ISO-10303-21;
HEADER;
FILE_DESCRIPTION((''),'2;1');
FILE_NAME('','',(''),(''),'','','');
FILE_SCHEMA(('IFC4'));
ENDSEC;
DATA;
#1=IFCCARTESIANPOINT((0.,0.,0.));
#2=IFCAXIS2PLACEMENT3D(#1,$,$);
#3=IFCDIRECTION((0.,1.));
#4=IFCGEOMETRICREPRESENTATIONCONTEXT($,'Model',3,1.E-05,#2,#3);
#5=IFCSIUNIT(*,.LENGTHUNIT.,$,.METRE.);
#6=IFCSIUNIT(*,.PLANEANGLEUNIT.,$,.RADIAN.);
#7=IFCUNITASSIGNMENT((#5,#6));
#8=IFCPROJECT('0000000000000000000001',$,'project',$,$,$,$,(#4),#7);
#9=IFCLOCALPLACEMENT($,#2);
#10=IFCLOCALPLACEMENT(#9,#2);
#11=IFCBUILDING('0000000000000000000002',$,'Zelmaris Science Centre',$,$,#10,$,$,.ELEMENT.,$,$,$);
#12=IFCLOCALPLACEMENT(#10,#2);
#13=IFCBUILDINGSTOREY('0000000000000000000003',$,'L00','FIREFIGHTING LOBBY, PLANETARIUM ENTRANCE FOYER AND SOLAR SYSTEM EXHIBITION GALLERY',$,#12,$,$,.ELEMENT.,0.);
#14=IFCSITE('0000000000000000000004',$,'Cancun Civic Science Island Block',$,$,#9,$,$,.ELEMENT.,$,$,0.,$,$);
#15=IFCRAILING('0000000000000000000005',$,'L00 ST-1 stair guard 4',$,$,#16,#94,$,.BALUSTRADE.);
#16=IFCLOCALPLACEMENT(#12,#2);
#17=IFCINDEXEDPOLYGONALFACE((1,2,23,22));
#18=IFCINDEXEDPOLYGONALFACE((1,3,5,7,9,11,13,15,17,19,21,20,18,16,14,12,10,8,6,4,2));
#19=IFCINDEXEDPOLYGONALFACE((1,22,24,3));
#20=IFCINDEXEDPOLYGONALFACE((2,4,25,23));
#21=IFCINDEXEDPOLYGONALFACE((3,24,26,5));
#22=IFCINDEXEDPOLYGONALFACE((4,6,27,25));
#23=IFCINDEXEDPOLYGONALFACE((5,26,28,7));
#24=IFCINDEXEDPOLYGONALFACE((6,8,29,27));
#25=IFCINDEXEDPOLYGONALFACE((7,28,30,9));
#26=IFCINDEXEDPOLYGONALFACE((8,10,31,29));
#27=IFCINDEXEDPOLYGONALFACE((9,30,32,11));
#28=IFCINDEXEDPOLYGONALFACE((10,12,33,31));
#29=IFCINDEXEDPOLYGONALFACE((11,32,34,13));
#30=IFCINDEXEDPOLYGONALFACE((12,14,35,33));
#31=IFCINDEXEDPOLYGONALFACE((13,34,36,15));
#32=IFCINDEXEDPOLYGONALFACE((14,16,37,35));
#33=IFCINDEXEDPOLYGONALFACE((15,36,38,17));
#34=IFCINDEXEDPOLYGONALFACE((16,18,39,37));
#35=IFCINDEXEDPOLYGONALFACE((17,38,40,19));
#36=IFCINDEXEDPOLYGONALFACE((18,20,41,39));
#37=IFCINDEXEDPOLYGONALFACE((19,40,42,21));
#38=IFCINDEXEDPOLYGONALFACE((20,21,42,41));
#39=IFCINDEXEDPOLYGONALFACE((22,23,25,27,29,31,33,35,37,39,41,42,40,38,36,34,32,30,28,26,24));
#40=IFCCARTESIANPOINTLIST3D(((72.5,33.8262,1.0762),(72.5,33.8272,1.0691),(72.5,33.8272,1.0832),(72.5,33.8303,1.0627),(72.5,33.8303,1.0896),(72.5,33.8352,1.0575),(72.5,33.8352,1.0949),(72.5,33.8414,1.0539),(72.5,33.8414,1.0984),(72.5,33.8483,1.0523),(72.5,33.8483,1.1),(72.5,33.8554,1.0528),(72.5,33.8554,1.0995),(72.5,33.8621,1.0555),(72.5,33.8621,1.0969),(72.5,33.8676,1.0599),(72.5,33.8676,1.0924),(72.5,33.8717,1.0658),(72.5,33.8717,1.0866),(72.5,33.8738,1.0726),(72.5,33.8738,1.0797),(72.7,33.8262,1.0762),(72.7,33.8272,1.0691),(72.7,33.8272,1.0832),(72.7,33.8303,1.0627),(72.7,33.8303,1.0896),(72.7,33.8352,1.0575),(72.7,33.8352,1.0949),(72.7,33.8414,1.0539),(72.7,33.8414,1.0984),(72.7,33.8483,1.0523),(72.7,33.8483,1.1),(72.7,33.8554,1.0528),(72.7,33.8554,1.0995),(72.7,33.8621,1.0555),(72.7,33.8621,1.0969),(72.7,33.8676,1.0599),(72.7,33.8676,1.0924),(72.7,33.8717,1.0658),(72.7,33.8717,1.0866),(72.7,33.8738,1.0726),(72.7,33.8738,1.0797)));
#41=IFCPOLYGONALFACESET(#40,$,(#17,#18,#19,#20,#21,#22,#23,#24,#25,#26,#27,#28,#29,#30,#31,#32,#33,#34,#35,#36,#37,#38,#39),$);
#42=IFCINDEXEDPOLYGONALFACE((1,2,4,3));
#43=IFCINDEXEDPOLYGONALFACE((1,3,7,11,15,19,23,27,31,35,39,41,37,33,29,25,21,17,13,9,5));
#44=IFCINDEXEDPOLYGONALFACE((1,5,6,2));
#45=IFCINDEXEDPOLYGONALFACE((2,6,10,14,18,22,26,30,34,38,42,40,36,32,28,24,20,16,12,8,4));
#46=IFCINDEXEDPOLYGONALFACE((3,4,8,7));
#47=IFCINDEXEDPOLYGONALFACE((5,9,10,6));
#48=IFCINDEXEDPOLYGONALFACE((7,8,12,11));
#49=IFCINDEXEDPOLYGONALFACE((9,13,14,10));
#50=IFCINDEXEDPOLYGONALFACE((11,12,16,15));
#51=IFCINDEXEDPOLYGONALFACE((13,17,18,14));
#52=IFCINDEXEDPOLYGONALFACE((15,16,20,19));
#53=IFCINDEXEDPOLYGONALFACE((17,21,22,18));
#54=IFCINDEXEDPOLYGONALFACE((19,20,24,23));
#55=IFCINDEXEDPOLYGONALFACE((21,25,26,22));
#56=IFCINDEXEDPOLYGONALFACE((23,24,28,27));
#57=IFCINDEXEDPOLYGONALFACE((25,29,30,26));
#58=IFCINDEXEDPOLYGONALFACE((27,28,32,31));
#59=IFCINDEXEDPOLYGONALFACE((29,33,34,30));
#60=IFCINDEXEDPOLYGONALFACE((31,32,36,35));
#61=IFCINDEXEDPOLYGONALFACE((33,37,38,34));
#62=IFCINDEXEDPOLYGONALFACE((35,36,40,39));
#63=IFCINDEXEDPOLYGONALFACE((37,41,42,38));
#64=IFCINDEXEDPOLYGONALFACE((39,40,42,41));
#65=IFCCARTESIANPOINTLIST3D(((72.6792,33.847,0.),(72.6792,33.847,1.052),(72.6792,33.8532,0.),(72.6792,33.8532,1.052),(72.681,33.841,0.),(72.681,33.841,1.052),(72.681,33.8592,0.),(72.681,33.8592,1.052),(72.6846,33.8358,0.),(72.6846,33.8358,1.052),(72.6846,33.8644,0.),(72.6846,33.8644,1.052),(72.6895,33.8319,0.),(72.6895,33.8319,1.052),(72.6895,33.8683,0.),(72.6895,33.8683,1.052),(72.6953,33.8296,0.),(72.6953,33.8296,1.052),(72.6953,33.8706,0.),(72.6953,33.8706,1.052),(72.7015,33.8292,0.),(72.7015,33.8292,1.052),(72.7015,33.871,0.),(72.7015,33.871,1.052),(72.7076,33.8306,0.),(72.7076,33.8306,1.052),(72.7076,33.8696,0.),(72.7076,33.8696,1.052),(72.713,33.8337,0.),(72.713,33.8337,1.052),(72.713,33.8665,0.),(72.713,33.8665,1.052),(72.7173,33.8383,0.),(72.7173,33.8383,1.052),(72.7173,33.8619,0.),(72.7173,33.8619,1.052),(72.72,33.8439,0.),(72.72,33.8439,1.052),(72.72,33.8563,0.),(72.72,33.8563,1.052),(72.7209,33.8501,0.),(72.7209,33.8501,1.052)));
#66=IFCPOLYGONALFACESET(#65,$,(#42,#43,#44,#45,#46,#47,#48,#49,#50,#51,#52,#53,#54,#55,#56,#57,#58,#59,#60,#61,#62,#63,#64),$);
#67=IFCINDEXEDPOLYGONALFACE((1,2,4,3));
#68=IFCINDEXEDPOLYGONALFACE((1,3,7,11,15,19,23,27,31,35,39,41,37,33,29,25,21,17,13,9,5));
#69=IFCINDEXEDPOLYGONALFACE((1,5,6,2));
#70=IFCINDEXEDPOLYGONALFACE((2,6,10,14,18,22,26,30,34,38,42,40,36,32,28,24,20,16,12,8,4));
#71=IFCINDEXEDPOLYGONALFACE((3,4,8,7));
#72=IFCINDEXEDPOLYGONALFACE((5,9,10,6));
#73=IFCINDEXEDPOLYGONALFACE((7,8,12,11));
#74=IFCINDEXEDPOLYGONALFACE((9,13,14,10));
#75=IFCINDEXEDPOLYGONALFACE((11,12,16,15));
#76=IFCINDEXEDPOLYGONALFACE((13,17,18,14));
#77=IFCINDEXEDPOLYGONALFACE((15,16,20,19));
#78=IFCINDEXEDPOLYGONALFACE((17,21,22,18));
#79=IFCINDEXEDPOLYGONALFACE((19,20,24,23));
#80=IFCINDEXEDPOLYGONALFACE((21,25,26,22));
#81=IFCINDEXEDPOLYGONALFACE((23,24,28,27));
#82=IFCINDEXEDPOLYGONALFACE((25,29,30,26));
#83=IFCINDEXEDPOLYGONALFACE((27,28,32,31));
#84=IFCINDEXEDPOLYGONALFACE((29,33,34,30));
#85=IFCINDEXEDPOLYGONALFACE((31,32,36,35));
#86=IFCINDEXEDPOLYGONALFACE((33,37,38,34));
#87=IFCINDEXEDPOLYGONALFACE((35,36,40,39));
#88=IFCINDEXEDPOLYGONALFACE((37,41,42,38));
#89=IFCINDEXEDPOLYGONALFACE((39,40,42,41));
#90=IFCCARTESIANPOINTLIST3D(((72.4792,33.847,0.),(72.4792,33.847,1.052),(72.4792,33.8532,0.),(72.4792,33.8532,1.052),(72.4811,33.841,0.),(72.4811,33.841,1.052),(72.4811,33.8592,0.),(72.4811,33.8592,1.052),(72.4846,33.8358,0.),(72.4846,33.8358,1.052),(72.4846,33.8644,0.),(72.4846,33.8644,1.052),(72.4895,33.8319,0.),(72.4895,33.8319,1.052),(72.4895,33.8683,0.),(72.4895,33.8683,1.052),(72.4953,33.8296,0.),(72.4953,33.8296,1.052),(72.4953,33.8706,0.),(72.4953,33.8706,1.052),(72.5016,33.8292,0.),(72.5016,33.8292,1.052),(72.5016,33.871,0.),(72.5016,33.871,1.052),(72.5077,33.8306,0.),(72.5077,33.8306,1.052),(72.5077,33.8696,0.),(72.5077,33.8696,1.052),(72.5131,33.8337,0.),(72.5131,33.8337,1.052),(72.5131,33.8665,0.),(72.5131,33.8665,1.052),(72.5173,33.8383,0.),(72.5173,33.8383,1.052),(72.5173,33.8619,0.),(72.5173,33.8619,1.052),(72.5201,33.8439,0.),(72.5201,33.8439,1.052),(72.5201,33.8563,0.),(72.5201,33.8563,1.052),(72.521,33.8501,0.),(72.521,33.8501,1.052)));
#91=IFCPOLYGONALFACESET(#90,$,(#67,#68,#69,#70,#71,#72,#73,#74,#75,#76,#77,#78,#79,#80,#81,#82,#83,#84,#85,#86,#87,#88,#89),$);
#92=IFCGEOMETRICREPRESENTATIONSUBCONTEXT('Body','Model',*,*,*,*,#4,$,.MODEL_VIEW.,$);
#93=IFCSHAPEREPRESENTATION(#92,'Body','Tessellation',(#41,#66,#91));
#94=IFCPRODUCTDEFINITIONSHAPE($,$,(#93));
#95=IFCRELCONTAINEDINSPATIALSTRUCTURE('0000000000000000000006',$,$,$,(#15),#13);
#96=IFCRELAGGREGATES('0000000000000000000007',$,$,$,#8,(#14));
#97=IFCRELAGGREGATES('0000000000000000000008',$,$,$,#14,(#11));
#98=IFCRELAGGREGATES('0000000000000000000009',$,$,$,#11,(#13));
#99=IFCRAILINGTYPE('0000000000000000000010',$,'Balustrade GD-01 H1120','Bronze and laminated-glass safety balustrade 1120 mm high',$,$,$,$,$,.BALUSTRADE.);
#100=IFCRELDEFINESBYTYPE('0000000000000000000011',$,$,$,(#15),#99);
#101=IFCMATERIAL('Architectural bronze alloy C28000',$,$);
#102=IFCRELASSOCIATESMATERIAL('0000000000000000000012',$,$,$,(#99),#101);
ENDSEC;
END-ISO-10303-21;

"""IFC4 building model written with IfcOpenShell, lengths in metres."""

from ifc_helpers import new_model, si_unit, direction, frame, origin, origin_2d, place, context, subcontext, project, spatial, circle, extrude, material, type_object, element, save


model = new_model("IFC4")

# Units and contexts
model_context = context("Model", 3, precision=1e-05, world=origin(), true_north=direction((0.0, 1.0)))
body_context = subcontext(model_context, "Body", "Model", "MODEL_VIEW")
ifc_project = project(units=[si_unit("LENGTHUNIT", "METRE"), si_unit("PLANEANGLEUNIT", "RADIAN")], contexts=[model_context])

# Site, building, storey
site_placement = place(None, origin())
site = spatial("IfcSite", under=ifc_project, at=site_placement, Name="Cancun Civic Science Island Block", CompositionType="ELEMENT", RefElevation=0.0)
building_placement = place(site_placement, origin())
building = spatial("IfcBuilding", under=site, at=building_placement, Name="Zelmaris Science Centre", CompositionType="ELEMENT")
storey_placement = place(building_placement, origin())
storey = spatial("IfcBuildingStorey", under=building, at=storey_placement, Name="L00", Description="FIREFIGHTING LOBBY, PLANETARIUM ENTRANCE FOYER AND SOLAR SYSTEM EXHIBITION GALLERY", CompositionType="ELEMENT", Elevation=0.0)

# Railing
ifc_material_1 = material(Name="Architectural bronze alloy C28000")
railing_type_1 = type_object("IfcRailingType", Name="Balustrade GD-01 H1120", Description="Bronze and laminated-glass safety balustrade 1120 mm high", PredefinedType="BALUSTRADE", material=ifc_material_1)
railing_1_placement = place(storey_placement, frame((72.7, 33.8501, 0.0)))
element("IfcRailing", 1, at=railing_1_placement, inside=storey, type_object=railing_type_1, Name="L00 ST-1 stair guard 4", PredefinedType="BALUSTRADE", context=body_context, shape_type="SweptSolid", body=[
    extrude(circle(Radius=0.0239, at=origin_2d()), frame((0.0, 0.0, 1.0762), z_axis=(-1.0, 0.0, 0.0), x_axis=(0.0, -1.0, 0.0)), (0.0, 0.0, 1.0), 0.2),
    extrude(circle(Radius=0.021, at=origin_2d()), origin(), (0.0, 0.0, 1.0), 1.052),
    extrude(circle(Radius=0.021, at=origin_2d()), frame((-0.2, 0.0, 0.0)), (0.0, 0.0, 1.0), 1.052),
])

save(model, "model.ifc")
